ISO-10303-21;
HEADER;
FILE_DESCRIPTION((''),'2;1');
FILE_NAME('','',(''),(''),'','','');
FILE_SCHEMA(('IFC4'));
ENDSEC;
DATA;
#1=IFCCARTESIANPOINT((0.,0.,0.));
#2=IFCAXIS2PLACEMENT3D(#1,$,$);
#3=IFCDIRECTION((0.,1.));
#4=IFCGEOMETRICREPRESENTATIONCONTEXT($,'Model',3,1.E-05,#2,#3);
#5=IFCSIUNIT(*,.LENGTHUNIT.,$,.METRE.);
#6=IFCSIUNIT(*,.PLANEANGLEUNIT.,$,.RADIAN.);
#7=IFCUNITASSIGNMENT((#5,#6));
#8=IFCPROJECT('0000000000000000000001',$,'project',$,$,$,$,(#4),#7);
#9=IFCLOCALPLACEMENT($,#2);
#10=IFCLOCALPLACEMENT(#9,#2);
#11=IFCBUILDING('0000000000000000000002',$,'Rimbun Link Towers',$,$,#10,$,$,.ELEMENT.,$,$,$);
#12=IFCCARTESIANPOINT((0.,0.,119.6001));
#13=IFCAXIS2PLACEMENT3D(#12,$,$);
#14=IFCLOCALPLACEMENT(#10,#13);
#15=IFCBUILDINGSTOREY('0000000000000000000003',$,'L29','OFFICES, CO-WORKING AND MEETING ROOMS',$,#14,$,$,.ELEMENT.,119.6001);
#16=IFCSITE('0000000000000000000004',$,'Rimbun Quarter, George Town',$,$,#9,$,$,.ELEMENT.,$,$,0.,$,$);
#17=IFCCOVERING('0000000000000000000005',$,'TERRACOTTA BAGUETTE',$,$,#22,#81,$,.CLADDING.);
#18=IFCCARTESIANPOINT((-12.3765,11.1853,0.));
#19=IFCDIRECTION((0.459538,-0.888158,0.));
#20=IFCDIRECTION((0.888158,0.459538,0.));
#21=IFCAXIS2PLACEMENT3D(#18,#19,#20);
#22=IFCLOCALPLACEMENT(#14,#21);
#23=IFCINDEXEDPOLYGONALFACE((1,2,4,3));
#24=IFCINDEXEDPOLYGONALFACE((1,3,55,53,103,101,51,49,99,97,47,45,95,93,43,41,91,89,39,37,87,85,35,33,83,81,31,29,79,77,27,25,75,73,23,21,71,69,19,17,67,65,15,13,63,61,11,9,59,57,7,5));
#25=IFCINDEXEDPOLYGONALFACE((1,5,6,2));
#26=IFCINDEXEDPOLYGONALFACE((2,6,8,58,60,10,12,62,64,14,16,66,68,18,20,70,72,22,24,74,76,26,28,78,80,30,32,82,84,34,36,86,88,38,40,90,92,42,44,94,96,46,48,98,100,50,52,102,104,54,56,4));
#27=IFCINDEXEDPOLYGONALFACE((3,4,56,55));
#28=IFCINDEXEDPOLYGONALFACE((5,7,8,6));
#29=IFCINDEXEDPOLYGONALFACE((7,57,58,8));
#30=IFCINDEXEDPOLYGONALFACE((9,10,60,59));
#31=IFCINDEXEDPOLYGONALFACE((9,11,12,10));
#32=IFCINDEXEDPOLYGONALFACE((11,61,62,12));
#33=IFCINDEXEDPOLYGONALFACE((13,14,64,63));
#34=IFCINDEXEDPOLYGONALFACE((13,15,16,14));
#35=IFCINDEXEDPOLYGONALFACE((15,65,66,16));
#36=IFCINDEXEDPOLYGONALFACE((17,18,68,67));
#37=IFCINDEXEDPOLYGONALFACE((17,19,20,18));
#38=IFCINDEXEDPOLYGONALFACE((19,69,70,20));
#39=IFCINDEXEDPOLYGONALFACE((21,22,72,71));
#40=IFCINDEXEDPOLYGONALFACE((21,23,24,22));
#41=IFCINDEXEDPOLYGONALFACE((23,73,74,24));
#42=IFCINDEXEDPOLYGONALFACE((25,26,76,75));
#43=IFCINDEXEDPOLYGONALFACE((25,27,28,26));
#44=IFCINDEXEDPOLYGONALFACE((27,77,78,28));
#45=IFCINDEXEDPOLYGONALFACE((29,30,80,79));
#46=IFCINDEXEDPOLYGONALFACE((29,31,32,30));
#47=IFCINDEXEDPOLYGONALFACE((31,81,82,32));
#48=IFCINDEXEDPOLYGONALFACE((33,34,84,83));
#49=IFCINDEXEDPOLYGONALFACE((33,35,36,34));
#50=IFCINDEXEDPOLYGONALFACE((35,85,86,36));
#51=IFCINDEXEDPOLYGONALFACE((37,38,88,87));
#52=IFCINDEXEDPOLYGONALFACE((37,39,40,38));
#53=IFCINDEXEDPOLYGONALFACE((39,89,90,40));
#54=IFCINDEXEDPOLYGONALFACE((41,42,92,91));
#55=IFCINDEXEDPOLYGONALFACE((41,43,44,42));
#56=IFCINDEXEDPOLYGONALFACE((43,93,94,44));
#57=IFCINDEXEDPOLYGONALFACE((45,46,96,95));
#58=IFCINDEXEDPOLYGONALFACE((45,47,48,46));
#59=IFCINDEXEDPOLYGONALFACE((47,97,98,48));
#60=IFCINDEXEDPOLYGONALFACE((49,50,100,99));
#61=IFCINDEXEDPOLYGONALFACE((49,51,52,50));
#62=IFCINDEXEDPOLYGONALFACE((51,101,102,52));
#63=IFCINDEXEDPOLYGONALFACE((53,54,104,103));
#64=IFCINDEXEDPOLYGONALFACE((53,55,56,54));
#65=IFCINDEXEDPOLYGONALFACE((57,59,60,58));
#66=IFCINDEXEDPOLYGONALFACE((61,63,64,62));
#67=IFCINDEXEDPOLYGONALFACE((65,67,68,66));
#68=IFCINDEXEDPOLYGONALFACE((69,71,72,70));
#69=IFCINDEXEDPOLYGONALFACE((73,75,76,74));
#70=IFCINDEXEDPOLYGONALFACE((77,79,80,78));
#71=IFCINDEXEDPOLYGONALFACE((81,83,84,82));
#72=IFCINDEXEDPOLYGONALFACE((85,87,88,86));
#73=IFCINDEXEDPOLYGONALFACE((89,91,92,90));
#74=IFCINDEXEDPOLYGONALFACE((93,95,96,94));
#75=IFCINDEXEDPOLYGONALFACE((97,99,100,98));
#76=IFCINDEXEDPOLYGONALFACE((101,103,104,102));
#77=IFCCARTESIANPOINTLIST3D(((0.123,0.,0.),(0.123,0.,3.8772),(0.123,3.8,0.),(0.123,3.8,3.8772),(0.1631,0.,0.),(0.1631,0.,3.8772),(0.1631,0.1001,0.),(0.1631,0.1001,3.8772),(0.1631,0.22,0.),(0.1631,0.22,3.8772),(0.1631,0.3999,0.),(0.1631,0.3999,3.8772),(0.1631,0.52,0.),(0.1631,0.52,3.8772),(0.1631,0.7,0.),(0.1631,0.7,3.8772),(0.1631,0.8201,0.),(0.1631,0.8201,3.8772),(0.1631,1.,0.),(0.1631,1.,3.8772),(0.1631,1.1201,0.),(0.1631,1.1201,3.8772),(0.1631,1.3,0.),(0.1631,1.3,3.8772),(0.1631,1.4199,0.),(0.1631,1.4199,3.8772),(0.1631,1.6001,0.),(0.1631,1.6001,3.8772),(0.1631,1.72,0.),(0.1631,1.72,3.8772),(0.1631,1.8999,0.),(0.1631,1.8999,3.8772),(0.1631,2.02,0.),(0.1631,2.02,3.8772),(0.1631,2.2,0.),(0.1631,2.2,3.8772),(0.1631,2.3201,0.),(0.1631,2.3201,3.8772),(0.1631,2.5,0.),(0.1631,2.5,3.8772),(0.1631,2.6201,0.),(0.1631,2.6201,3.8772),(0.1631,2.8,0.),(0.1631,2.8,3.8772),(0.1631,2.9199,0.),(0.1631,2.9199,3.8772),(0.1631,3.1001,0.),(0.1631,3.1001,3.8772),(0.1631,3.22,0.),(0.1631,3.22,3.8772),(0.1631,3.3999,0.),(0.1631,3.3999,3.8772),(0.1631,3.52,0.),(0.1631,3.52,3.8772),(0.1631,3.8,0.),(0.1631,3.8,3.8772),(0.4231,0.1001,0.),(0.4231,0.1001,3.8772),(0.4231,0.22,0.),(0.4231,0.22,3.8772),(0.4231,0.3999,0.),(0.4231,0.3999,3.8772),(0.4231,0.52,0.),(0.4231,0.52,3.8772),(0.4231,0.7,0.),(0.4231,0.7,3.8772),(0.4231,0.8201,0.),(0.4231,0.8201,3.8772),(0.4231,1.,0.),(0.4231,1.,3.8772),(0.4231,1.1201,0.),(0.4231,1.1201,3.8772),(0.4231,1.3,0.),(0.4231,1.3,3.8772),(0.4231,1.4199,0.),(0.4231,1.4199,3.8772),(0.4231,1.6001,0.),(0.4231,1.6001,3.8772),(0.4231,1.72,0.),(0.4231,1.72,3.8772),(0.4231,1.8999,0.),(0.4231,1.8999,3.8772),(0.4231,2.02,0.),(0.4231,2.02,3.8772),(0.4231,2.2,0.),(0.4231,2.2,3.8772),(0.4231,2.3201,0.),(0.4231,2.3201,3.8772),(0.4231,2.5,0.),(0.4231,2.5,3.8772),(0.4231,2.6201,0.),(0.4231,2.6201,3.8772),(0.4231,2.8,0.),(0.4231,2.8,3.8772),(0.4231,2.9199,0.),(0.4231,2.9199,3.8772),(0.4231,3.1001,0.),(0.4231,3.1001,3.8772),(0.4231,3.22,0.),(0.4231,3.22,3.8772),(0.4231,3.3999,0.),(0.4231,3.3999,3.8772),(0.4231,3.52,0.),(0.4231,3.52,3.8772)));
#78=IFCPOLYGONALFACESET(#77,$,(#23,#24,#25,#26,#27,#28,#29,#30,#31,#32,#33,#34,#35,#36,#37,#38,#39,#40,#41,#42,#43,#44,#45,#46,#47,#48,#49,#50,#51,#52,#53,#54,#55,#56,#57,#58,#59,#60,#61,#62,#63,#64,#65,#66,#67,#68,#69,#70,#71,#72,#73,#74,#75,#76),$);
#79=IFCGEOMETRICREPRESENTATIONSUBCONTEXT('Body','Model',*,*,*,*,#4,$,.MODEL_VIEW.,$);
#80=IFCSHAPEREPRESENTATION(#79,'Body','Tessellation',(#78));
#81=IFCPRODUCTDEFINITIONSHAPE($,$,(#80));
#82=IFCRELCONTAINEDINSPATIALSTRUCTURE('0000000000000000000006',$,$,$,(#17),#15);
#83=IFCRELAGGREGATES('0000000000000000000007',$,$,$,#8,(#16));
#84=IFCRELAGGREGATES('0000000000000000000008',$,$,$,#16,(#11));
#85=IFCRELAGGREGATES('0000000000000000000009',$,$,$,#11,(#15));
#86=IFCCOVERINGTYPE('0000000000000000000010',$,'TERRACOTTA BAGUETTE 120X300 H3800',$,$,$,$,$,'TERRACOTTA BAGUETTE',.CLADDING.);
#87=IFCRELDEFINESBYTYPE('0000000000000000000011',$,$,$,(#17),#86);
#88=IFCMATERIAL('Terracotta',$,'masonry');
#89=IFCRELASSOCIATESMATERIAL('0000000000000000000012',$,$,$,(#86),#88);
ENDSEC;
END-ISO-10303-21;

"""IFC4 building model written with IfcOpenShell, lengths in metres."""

from ifc_helpers import new_model, si_unit, direction, frame, origin, place, context, subcontext, project, spatial, polyline, outline, extrude, material, material_profile, profile_set, type_object, element, save


model = new_model("IFC4")

# Units and contexts
model_context = context("Model", 3, precision=1e-05, world=origin(), true_north=direction((0.0, 1.0)))
body_context = subcontext(model_context, "Body", "Model", "MODEL_VIEW")
ifc_project = project(units=[si_unit("LENGTHUNIT", "METRE"), si_unit("PLANEANGLEUNIT", "RADIAN")], contexts=[model_context])

# Site, building, storey
site_placement = place(None, origin())
site = spatial("IfcSite", under=ifc_project, at=site_placement, Name="Rimbun Quarter, George Town", CompositionType="ELEMENT", RefElevation=0.0)
building_placement = place(site_placement, origin())
building = spatial("IfcBuilding", under=site, at=building_placement, Name="Rimbun Link Towers", CompositionType="ELEMENT")
storey_placement = place(building_placement, frame((0.0, 0.0, 119.6001)))
storey = spatial("IfcBuildingStorey", under=building, at=storey_placement, Name="L29", Description="OFFICES, CO-WORKING AND MEETING ROOMS", CompositionType="ELEMENT", Elevation=119.6001)

# Covering
ifc_material_1 = material(Name="Terracotta", Category="masonry")
ifc_material_profile_1 = material_profile(ifc_material_1, outline(polyline([(0.123, 0.0), (0.1631, 0.0), (0.1631, 0.1001), (0.4231, 0.1001), (0.4231, 0.22), (0.1631, 0.22), (0.1631, 0.3999), (0.4231, 0.3999), (0.4231, 0.52), (0.1631, 0.52), (0.1631, 0.7), (0.4231, 0.7), (0.4231, 0.8201), (0.1631, 0.8201), (0.1631, 1.0), (0.4231, 1.0), (0.4231, 1.1201), (0.1631, 1.1201), (0.1631, 1.3), (0.4231, 1.3), (0.4231, 1.4199), (0.1631, 1.4199), (0.1631, 1.6001), (0.4231, 1.6001), (0.4231, 1.72), (0.1631, 1.72), (0.1631, 1.8999), (0.4231, 1.8999), (0.4231, 2.02), (0.1631, 2.02), (0.1631, 2.2), (0.4231, 2.2), (0.4231, 2.3201), (0.1631, 2.3201), (0.1631, 2.5), (0.4231, 2.5), (0.4231, 2.6201), (0.1631, 2.6201), (0.1631, 2.8), (0.4231, 2.8), (0.4231, 2.9199), (0.1631, 2.9199), (0.1631, 3.1001), (0.4231, 3.1001), (0.4231, 3.22), (0.1631, 3.22), (0.1631, 3.3999), (0.4231, 3.3999), (0.4231, 3.52), (0.1631, 3.52), (0.1631, 3.8), (0.123, 3.8), (0.123, 0.0)])), Name="BAGUETTE 120X300")
ifc_profile_set_1 = profile_set([ifc_material_profile_1], Name="Terracotta")
covering_type = type_object("IfcCoveringType", Name="TERRACOTTA BAGUETTE 120X300 H3800", ElementType="TERRACOTTA BAGUETTE", PredefinedType="CLADDING", material=ifc_profile_set_1)
covering_1_placement = place(storey_placement, frame((-12.3765, 11.1853, 0.0), z_axis=(0.459538, -0.888158, 0.0), x_axis=(0.888158, 0.459538, 0.0)))
element("IfcCovering", 1, at=covering_1_placement, inside=storey, type_object=covering_type, Name="TERRACOTTA BAGUETTE", PredefinedType="CLADDING", context=body_context, shape_type="SweptSolid", body=[
    extrude(outline(polyline([(0.123, 0.0), (0.1631, 0.0), (0.1631, 0.1001), (0.4231, 0.1001), (0.4231, 0.22), (0.1631, 0.22), (0.1631, 0.3999), (0.4231, 0.3999), (0.4231, 0.52), (0.1631, 0.52), (0.1631, 0.7), (0.4231, 0.7), (0.4231, 0.8201), (0.1631, 0.8201), (0.1631, 1.0), (0.4231, 1.0), (0.4231, 1.1201), (0.1631, 1.1201), (0.1631, 1.3), (0.4231, 1.3), (0.4231, 1.4199), (0.1631, 1.4199), (0.1631, 1.6001), (0.4231, 1.6001), (0.4231, 1.72), (0.1631, 1.72), (0.1631, 1.8999), (0.4231, 1.8999), (0.4231, 2.02), (0.1631, 2.02), (0.1631, 2.2), (0.4231, 2.2), (0.4231, 2.3201), (0.1631, 2.3201), (0.1631, 2.5), (0.4231, 2.5), (0.4231, 2.6201), (0.1631, 2.6201), (0.1631, 2.8), (0.4231, 2.8), (0.4231, 2.9199), (0.1631, 2.9199), (0.1631, 3.1001), (0.4231, 3.1001), (0.4231, 3.22), (0.1631, 3.22), (0.1631, 3.3999), (0.4231, 3.3999), (0.4231, 3.52), (0.1631, 3.52), (0.1631, 3.8), (0.123, 3.8), (0.123, 0.0)])), origin(), (0.0, 0.0, 1.0), 3.8772),
])

save(model, "model.ifc")
